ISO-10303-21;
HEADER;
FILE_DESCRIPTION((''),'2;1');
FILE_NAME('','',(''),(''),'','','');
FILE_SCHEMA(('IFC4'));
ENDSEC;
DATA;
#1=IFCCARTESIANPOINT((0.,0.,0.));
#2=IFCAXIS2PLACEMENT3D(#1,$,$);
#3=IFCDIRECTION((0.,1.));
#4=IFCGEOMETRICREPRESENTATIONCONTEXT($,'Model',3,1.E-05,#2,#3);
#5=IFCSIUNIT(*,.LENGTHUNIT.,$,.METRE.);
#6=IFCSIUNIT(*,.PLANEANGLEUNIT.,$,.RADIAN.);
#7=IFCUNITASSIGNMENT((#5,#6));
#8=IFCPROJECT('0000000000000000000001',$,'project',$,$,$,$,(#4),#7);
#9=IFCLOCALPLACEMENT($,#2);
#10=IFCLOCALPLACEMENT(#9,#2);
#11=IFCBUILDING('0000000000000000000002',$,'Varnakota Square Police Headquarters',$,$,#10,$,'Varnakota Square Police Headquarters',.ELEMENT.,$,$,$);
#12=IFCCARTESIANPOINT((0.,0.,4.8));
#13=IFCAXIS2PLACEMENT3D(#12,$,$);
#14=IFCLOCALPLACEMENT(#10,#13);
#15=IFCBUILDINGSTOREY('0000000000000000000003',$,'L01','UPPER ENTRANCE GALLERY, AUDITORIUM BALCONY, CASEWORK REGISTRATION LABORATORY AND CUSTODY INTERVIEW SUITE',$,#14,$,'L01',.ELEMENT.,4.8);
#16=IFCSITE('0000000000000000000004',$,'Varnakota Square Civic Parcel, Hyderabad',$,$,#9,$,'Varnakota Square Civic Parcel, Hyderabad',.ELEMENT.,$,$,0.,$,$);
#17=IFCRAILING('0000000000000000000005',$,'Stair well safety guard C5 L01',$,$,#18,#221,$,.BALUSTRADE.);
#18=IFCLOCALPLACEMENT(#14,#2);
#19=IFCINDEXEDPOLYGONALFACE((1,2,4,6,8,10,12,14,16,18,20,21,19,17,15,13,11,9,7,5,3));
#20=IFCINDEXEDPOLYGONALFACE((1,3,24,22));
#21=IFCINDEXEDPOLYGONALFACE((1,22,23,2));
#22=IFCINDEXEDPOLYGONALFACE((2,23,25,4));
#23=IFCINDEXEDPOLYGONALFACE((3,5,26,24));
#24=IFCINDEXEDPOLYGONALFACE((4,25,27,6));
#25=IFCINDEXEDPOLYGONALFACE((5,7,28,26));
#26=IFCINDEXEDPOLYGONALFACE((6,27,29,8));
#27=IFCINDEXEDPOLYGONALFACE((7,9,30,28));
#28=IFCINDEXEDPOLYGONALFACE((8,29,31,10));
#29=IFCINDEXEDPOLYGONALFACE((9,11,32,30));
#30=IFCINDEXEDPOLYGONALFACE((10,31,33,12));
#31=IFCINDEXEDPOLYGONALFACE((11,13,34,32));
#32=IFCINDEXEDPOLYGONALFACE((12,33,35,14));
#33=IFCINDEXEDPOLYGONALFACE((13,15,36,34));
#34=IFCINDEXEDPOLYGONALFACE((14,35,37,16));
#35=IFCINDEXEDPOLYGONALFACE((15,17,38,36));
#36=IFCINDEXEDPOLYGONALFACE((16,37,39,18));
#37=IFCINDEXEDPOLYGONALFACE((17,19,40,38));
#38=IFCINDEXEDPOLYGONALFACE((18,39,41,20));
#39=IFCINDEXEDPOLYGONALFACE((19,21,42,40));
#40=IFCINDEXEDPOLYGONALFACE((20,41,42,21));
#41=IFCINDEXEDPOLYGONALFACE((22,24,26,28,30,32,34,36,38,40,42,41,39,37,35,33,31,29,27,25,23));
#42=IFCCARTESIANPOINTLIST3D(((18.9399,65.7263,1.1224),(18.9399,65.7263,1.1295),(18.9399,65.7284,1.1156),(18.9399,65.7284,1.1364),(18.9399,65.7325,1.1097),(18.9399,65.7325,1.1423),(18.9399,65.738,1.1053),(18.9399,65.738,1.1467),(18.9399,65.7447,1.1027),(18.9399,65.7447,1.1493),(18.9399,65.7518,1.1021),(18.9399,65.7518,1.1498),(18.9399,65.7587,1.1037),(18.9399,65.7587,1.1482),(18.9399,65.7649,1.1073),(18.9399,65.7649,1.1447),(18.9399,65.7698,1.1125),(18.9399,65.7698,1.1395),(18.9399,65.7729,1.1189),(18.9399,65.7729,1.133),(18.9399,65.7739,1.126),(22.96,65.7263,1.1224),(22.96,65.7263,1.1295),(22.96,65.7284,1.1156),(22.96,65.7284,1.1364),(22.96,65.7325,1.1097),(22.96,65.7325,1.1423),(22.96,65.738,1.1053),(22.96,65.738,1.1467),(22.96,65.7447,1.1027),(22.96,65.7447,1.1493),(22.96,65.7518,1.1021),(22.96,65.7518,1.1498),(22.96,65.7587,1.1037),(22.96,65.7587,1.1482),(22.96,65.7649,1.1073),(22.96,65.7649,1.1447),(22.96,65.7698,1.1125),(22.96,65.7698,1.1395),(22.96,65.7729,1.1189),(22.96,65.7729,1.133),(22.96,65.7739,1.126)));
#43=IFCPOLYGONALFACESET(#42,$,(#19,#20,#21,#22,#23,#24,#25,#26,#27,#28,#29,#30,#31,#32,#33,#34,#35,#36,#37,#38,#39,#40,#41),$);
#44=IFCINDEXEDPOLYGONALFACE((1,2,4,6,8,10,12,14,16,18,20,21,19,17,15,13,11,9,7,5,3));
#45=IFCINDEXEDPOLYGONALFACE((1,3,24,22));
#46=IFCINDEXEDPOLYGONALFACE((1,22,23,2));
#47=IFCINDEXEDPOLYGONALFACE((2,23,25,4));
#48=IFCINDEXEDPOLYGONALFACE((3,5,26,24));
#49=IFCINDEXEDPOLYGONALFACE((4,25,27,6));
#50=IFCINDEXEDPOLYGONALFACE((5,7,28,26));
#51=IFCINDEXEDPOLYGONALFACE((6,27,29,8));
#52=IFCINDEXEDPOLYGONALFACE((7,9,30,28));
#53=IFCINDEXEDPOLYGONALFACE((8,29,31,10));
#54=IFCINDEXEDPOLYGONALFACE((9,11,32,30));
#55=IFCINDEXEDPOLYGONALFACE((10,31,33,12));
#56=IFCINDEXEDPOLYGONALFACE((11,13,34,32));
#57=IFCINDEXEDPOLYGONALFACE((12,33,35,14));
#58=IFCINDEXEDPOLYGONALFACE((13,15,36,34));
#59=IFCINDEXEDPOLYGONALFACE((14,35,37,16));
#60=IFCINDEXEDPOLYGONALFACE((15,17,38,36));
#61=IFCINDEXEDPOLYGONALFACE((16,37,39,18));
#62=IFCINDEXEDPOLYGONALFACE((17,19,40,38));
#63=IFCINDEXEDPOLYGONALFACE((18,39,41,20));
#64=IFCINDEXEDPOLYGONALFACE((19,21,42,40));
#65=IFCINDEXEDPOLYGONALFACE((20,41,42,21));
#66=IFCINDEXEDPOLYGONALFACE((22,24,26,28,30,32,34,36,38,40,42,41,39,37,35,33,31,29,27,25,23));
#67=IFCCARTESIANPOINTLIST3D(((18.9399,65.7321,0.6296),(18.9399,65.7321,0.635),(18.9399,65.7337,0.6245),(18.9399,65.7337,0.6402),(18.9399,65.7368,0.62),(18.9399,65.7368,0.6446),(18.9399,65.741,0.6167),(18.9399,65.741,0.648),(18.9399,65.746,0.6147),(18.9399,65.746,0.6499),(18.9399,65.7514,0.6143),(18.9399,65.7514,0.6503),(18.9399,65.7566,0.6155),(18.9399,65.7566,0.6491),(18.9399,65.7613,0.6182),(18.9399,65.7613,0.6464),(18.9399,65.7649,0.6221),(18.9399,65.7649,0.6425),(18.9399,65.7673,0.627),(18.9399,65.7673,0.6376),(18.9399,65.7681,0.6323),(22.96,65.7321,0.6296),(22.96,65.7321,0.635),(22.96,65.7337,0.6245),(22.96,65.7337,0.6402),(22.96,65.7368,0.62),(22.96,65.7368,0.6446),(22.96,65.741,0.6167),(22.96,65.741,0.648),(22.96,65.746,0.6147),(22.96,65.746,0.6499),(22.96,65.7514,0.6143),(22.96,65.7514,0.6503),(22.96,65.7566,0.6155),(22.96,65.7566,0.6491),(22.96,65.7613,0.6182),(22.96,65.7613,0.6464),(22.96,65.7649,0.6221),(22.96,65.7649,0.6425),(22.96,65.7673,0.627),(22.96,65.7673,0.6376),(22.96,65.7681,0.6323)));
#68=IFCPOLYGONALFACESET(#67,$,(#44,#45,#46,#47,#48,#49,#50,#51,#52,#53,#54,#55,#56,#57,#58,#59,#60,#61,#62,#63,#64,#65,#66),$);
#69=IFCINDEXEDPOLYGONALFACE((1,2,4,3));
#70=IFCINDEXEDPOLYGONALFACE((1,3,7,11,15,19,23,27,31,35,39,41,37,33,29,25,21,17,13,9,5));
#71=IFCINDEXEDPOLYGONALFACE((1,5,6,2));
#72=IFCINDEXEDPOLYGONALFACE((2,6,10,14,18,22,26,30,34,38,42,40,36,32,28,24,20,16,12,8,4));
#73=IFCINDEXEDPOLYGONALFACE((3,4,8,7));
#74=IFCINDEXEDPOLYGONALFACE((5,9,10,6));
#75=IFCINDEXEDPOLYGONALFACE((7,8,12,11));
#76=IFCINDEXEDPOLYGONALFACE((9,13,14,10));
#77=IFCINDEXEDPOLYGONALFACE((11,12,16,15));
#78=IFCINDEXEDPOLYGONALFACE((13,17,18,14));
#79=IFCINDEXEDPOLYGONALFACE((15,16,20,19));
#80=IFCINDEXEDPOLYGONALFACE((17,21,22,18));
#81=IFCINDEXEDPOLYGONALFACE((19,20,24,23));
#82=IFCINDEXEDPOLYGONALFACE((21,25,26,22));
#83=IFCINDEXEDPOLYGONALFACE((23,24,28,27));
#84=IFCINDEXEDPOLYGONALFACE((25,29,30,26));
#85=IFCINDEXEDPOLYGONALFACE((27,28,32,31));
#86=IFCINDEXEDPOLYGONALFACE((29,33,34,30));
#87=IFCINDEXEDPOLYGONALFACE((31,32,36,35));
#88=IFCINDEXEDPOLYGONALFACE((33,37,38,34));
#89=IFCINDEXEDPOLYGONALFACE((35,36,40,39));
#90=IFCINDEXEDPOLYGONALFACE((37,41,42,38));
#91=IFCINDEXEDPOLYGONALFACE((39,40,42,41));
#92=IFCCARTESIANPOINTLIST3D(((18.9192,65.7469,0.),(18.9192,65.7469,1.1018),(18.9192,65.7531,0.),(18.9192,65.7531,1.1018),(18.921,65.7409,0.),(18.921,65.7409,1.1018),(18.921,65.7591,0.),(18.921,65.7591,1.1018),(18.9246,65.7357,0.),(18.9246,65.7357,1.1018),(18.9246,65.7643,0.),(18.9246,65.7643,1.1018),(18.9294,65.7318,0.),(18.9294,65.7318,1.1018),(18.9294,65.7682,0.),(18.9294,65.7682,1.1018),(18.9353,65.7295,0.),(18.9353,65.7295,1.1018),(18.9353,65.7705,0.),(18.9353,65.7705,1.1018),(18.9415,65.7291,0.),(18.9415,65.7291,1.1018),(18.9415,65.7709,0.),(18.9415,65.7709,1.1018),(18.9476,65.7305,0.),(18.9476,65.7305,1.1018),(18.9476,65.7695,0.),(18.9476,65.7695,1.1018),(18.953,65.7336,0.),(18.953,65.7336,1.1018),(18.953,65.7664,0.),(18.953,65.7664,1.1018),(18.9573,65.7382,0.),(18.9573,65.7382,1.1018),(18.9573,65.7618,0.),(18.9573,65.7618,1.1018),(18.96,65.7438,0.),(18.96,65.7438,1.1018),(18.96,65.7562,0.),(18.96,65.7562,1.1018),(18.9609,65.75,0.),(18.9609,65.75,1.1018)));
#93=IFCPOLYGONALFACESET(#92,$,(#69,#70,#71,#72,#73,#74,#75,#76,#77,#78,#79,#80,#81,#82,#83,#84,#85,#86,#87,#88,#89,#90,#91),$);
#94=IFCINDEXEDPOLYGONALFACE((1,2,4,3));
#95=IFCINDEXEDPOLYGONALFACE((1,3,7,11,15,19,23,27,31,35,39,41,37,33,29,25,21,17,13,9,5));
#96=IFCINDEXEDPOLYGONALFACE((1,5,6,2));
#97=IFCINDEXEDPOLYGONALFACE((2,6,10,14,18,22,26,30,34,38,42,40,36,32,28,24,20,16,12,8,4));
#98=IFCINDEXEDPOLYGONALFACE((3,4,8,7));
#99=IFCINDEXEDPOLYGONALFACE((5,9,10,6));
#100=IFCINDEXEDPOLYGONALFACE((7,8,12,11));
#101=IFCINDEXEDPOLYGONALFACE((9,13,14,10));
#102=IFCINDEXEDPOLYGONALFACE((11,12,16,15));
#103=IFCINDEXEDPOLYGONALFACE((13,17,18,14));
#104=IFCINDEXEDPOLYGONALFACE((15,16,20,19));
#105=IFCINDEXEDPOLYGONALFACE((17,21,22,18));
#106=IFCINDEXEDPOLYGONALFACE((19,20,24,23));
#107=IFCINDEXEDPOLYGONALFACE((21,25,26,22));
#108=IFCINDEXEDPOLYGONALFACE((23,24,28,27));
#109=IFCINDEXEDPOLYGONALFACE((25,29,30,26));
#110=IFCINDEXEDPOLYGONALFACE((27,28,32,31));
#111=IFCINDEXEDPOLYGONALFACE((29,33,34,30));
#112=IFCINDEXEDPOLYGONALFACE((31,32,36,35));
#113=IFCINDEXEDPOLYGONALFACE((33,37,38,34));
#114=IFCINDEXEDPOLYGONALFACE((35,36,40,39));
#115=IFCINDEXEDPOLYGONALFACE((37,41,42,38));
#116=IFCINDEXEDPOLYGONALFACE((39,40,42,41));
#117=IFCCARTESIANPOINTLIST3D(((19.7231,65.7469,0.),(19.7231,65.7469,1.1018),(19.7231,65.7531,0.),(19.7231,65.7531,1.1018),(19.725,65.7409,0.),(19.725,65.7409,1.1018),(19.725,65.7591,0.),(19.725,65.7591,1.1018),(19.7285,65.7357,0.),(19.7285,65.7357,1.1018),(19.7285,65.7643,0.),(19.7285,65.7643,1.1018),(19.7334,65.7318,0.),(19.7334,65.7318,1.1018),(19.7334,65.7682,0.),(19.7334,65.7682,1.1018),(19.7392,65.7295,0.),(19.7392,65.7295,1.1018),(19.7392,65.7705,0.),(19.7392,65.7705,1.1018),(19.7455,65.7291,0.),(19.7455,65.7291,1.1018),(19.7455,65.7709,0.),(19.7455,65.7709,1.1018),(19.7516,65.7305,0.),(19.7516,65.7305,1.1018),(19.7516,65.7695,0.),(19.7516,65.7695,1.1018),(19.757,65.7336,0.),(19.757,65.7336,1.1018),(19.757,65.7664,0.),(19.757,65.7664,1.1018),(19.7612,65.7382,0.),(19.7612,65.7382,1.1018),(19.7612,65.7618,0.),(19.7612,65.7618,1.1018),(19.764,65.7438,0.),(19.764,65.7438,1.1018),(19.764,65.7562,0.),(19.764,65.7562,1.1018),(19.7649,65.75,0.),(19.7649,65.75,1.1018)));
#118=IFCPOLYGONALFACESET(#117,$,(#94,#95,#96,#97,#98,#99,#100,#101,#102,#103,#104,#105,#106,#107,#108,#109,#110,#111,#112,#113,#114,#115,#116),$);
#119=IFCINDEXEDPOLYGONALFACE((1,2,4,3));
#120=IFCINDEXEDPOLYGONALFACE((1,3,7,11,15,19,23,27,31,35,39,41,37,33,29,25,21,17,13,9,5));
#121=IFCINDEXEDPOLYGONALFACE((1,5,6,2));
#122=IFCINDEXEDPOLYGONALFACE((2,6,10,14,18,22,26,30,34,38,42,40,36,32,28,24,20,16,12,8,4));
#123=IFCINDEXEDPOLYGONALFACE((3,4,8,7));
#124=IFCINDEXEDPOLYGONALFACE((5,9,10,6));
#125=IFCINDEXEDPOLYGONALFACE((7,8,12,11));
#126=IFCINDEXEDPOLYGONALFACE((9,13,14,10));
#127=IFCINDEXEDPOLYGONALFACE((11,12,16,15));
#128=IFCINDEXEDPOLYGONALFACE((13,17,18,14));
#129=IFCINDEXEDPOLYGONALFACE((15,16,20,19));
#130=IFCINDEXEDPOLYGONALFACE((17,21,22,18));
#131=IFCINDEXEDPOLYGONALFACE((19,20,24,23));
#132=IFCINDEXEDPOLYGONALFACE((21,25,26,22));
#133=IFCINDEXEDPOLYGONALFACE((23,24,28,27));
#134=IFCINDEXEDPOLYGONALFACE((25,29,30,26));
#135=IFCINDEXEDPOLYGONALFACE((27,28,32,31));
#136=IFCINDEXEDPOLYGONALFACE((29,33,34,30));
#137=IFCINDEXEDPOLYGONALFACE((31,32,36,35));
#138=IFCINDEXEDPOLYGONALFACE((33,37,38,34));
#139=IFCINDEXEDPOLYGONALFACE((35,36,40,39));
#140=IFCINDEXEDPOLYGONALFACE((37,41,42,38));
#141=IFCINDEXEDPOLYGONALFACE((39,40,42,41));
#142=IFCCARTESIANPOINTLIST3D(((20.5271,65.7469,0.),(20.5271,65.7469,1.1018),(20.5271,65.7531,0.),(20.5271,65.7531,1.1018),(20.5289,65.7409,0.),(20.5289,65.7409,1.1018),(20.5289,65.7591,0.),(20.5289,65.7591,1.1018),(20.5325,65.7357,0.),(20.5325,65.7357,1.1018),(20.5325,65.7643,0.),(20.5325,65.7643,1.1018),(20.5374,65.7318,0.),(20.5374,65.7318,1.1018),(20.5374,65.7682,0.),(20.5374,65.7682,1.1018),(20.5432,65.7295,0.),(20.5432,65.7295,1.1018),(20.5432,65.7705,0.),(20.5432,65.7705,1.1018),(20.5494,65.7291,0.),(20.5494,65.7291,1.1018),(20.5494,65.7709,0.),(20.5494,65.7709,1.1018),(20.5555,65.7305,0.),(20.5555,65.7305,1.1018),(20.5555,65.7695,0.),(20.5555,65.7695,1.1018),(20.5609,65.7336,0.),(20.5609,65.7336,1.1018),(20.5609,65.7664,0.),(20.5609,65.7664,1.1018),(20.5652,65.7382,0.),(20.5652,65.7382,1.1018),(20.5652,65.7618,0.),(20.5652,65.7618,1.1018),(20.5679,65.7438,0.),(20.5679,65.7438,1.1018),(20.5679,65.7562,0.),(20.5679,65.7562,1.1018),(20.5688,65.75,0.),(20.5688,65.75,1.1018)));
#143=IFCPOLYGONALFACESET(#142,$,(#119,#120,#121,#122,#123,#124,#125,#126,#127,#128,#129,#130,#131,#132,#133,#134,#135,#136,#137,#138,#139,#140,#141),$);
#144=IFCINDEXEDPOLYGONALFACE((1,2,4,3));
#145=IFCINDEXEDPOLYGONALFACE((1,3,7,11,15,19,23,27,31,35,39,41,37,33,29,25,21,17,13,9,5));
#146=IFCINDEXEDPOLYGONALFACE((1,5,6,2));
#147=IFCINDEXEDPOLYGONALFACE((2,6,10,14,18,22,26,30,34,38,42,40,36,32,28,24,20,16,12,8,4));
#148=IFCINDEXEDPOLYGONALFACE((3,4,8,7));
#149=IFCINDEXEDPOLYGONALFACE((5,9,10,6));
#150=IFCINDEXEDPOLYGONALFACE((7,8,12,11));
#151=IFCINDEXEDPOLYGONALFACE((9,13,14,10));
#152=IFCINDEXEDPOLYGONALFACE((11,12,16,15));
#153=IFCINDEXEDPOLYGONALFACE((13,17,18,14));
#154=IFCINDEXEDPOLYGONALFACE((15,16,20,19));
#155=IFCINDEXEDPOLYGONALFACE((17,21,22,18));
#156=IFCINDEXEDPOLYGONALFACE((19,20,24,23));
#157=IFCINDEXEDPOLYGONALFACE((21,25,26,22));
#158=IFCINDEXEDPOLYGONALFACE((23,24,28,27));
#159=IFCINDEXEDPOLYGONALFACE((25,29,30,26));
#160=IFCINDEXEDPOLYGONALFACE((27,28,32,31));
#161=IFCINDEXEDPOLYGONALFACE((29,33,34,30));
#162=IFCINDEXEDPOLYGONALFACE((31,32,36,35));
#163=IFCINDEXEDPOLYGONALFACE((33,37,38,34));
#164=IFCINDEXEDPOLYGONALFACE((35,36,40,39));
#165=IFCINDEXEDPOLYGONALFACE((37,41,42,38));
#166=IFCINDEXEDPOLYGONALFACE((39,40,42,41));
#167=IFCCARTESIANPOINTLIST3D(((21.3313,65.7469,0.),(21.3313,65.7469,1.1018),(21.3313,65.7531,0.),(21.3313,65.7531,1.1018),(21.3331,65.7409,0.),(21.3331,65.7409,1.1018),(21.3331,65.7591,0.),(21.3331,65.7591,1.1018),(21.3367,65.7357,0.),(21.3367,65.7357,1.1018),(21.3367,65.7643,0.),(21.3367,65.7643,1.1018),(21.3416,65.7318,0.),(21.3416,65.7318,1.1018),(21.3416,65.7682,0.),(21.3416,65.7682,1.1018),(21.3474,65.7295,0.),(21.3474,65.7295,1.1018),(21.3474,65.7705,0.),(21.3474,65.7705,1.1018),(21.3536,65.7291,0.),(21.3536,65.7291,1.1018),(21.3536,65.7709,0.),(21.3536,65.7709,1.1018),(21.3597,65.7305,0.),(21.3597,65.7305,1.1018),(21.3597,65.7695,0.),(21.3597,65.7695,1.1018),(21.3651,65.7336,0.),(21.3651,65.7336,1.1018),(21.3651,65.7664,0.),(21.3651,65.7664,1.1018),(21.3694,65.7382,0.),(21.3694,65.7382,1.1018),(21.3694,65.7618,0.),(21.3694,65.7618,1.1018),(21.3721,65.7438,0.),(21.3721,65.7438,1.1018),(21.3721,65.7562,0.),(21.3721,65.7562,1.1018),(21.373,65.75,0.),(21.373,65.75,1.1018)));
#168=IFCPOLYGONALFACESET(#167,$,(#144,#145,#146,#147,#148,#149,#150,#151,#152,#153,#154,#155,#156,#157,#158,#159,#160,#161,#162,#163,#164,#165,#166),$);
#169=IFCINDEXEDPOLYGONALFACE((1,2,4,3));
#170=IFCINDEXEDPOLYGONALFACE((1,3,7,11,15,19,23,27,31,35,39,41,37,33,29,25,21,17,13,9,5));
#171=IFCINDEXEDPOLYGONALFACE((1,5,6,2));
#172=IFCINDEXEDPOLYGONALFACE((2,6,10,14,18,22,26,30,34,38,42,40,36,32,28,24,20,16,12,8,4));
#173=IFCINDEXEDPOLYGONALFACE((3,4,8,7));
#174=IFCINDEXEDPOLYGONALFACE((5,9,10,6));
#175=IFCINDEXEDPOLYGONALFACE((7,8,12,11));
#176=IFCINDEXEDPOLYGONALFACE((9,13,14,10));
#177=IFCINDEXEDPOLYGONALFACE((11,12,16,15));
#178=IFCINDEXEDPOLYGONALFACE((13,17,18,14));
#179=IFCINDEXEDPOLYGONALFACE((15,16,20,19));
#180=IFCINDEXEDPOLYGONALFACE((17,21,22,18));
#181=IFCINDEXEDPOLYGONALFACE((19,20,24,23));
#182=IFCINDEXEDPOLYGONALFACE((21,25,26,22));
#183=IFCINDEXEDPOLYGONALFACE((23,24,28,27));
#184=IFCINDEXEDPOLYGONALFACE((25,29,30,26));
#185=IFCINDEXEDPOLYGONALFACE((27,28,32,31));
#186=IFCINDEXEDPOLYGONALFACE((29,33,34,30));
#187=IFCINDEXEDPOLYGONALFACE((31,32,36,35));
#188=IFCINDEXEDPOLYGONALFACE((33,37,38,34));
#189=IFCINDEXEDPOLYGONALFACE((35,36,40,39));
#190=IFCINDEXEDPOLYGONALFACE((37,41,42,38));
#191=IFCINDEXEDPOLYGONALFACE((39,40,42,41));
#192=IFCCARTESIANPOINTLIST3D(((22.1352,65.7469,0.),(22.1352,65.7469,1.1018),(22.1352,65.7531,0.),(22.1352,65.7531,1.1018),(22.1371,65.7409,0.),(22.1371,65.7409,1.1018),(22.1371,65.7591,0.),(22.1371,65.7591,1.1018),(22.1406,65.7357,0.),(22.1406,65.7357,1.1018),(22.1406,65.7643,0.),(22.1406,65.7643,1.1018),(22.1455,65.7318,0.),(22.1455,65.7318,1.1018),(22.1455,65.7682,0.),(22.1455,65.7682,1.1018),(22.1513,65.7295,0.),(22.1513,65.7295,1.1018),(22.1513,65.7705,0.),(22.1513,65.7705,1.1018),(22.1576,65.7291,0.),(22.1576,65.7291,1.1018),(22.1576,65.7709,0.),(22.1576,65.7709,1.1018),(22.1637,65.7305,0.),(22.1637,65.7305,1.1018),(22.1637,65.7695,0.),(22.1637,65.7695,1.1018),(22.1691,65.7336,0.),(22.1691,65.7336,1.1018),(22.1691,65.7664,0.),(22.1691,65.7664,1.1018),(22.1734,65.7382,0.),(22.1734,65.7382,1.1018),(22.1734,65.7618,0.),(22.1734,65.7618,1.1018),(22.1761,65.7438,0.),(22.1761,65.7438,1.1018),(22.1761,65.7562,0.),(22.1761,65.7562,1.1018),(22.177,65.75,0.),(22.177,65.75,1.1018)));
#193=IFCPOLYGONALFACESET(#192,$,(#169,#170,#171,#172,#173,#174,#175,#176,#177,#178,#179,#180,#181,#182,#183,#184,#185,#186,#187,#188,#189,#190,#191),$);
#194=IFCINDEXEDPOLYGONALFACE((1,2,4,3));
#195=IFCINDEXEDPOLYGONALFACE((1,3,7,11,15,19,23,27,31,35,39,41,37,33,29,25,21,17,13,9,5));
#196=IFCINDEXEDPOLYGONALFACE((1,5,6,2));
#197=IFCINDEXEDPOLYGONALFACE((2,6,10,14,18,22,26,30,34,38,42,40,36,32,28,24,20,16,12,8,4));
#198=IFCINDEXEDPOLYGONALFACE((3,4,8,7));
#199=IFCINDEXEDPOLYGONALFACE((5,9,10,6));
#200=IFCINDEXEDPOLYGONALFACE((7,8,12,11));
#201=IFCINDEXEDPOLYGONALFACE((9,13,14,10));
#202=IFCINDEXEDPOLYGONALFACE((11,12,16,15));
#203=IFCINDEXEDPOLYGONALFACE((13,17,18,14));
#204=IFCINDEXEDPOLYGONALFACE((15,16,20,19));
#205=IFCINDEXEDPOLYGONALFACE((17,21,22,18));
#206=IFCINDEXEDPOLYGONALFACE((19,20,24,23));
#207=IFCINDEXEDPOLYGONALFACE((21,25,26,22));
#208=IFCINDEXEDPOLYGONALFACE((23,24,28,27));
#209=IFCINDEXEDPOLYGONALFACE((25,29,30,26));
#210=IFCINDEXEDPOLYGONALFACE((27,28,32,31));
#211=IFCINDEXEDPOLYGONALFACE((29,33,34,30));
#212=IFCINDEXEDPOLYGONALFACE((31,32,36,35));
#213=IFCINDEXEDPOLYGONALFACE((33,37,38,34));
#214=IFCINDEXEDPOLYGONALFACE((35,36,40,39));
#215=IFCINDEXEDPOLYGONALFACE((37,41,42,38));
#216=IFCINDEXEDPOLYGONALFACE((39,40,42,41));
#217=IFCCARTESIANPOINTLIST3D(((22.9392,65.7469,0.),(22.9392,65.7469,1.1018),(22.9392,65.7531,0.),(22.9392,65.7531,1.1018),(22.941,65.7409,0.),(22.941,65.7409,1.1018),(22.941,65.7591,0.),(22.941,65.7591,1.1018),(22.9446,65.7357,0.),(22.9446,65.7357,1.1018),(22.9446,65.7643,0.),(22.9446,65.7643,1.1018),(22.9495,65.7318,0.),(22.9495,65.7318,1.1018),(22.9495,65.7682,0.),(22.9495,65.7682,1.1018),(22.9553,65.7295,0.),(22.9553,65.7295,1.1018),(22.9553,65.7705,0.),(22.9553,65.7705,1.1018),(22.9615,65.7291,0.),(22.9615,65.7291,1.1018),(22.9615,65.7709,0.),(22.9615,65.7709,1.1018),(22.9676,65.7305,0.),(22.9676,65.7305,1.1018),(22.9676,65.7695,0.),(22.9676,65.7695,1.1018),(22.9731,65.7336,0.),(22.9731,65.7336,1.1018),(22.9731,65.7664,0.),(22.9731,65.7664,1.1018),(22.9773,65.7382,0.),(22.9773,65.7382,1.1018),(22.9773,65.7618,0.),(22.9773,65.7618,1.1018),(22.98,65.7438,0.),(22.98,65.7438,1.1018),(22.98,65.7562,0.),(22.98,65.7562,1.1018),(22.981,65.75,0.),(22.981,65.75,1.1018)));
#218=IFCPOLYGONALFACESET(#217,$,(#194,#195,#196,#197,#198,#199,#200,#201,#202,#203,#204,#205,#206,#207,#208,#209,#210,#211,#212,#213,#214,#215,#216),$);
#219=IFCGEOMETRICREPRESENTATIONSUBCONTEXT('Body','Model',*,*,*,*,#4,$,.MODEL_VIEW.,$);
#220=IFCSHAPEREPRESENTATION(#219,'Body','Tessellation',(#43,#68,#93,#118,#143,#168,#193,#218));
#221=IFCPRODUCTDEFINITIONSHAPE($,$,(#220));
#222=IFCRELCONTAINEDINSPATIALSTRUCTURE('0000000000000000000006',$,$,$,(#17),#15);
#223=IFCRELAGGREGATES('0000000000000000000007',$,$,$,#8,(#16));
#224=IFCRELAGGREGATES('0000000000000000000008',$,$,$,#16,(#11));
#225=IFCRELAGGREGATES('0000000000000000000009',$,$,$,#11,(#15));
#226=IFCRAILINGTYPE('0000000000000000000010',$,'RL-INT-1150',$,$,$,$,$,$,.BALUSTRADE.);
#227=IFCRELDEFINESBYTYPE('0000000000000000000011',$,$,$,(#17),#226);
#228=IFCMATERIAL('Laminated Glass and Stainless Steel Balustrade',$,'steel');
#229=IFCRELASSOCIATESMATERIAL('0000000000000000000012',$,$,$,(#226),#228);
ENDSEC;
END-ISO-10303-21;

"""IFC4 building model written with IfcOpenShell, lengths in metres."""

from ifc_helpers import new_model, si_unit, direction, frame, origin, origin_2d, place, context, subcontext, project, spatial, circle, extrude, material, type_object, element, save


model = new_model("IFC4")

# Units and contexts
model_context = context("Model", 3, precision=1e-05, world=origin(), true_north=direction((0.0, 1.0)))
body_context = subcontext(model_context, "Body", "Model", "MODEL_VIEW")
ifc_project = project(units=[si_unit("LENGTHUNIT", "METRE"), si_unit("PLANEANGLEUNIT", "RADIAN")], contexts=[model_context])

# Site, building, storey
site_placement = place(None, origin())
site = spatial("IfcSite", under=ifc_project, at=site_placement, Name="Varnakota Square Civic Parcel, Hyderabad", LongName="Varnakota Square Civic Parcel, Hyderabad", CompositionType="ELEMENT", RefElevation=0.0)
building_placement = place(site_placement, origin())
building = spatial("IfcBuilding", under=site, at=building_placement, Name="Varnakota Square Police Headquarters", LongName="Varnakota Square Police Headquarters", CompositionType="ELEMENT")
storey_placement = place(building_placement, frame((0.0, 0.0, 4.8)))
storey = spatial("IfcBuildingStorey", under=building, at=storey_placement, Name="L01", Description="UPPER ENTRANCE GALLERY, AUDITORIUM BALCONY, CASEWORK REGISTRATION LABORATORY AND CUSTODY INTERVIEW SUITE", LongName="L01", CompositionType="ELEMENT", Elevation=4.8)

# Railing
ifc_material_1 = material(Name="Laminated Glass and Stainless Steel Balustrade", Category="steel")
railing_type_1 = type_object("IfcRailingType", Name="RL-INT-1150", PredefinedType="BALUSTRADE", material=ifc_material_1)
railing_1_placement = place(storey_placement, frame((18.9399, 65.75, 0.0)))
element("IfcRailing", 1, at=railing_1_placement, inside=storey, type_object=railing_type_1, Name="Stair well safety guard C5 L01", PredefinedType="BALUSTRADE", context=body_context, shape_type="SweptSolid", body=[
    extrude(circle(Radius=0.0239, at=origin_2d()), frame((0.0, 0.0, 1.126), z_axis=(1.0, 0.0, 0.0), x_axis=(0.0, 1.0, 0.0)), (0.0, 0.0, 1.0), 4.02),
    extrude(circle(Radius=0.0181, at=origin_2d()), frame((0.0, 0.0, 0.6323), z_axis=(1.0, 0.0, 0.0), x_axis=(0.0, 1.0, 0.0)), (0.0, 0.0, 1.0), 4.02),
    extrude(circle(Radius=0.021, at=origin_2d()), origin(), (0.0, 0.0, 1.0), 1.1018),
    extrude(circle(Radius=0.021, at=origin_2d()), frame((0.804, 0.0, 0.0)), (0.0, 0.0, 1.0), 1.1018),
    extrude(circle(Radius=0.021, at=origin_2d()), frame((1.6079, 0.0, 0.0)), (0.0, 0.0, 1.0), 1.1018),
    extrude(circle(Radius=0.021, at=origin_2d()), frame((2.4121, 0.0, 0.0)), (0.0, 0.0, 1.0), 1.1018),
    extrude(circle(Radius=0.021, at=origin_2d()), frame((3.2161, 0.0, 0.0)), (0.0, 0.0, 1.0), 1.1018),
    extrude(circle(Radius=0.021, at=origin_2d()), frame((4.02, 0.0, 0.0)), (0.0, 0.0, 1.0), 1.1018),
])

save(model, "model.ifc")
